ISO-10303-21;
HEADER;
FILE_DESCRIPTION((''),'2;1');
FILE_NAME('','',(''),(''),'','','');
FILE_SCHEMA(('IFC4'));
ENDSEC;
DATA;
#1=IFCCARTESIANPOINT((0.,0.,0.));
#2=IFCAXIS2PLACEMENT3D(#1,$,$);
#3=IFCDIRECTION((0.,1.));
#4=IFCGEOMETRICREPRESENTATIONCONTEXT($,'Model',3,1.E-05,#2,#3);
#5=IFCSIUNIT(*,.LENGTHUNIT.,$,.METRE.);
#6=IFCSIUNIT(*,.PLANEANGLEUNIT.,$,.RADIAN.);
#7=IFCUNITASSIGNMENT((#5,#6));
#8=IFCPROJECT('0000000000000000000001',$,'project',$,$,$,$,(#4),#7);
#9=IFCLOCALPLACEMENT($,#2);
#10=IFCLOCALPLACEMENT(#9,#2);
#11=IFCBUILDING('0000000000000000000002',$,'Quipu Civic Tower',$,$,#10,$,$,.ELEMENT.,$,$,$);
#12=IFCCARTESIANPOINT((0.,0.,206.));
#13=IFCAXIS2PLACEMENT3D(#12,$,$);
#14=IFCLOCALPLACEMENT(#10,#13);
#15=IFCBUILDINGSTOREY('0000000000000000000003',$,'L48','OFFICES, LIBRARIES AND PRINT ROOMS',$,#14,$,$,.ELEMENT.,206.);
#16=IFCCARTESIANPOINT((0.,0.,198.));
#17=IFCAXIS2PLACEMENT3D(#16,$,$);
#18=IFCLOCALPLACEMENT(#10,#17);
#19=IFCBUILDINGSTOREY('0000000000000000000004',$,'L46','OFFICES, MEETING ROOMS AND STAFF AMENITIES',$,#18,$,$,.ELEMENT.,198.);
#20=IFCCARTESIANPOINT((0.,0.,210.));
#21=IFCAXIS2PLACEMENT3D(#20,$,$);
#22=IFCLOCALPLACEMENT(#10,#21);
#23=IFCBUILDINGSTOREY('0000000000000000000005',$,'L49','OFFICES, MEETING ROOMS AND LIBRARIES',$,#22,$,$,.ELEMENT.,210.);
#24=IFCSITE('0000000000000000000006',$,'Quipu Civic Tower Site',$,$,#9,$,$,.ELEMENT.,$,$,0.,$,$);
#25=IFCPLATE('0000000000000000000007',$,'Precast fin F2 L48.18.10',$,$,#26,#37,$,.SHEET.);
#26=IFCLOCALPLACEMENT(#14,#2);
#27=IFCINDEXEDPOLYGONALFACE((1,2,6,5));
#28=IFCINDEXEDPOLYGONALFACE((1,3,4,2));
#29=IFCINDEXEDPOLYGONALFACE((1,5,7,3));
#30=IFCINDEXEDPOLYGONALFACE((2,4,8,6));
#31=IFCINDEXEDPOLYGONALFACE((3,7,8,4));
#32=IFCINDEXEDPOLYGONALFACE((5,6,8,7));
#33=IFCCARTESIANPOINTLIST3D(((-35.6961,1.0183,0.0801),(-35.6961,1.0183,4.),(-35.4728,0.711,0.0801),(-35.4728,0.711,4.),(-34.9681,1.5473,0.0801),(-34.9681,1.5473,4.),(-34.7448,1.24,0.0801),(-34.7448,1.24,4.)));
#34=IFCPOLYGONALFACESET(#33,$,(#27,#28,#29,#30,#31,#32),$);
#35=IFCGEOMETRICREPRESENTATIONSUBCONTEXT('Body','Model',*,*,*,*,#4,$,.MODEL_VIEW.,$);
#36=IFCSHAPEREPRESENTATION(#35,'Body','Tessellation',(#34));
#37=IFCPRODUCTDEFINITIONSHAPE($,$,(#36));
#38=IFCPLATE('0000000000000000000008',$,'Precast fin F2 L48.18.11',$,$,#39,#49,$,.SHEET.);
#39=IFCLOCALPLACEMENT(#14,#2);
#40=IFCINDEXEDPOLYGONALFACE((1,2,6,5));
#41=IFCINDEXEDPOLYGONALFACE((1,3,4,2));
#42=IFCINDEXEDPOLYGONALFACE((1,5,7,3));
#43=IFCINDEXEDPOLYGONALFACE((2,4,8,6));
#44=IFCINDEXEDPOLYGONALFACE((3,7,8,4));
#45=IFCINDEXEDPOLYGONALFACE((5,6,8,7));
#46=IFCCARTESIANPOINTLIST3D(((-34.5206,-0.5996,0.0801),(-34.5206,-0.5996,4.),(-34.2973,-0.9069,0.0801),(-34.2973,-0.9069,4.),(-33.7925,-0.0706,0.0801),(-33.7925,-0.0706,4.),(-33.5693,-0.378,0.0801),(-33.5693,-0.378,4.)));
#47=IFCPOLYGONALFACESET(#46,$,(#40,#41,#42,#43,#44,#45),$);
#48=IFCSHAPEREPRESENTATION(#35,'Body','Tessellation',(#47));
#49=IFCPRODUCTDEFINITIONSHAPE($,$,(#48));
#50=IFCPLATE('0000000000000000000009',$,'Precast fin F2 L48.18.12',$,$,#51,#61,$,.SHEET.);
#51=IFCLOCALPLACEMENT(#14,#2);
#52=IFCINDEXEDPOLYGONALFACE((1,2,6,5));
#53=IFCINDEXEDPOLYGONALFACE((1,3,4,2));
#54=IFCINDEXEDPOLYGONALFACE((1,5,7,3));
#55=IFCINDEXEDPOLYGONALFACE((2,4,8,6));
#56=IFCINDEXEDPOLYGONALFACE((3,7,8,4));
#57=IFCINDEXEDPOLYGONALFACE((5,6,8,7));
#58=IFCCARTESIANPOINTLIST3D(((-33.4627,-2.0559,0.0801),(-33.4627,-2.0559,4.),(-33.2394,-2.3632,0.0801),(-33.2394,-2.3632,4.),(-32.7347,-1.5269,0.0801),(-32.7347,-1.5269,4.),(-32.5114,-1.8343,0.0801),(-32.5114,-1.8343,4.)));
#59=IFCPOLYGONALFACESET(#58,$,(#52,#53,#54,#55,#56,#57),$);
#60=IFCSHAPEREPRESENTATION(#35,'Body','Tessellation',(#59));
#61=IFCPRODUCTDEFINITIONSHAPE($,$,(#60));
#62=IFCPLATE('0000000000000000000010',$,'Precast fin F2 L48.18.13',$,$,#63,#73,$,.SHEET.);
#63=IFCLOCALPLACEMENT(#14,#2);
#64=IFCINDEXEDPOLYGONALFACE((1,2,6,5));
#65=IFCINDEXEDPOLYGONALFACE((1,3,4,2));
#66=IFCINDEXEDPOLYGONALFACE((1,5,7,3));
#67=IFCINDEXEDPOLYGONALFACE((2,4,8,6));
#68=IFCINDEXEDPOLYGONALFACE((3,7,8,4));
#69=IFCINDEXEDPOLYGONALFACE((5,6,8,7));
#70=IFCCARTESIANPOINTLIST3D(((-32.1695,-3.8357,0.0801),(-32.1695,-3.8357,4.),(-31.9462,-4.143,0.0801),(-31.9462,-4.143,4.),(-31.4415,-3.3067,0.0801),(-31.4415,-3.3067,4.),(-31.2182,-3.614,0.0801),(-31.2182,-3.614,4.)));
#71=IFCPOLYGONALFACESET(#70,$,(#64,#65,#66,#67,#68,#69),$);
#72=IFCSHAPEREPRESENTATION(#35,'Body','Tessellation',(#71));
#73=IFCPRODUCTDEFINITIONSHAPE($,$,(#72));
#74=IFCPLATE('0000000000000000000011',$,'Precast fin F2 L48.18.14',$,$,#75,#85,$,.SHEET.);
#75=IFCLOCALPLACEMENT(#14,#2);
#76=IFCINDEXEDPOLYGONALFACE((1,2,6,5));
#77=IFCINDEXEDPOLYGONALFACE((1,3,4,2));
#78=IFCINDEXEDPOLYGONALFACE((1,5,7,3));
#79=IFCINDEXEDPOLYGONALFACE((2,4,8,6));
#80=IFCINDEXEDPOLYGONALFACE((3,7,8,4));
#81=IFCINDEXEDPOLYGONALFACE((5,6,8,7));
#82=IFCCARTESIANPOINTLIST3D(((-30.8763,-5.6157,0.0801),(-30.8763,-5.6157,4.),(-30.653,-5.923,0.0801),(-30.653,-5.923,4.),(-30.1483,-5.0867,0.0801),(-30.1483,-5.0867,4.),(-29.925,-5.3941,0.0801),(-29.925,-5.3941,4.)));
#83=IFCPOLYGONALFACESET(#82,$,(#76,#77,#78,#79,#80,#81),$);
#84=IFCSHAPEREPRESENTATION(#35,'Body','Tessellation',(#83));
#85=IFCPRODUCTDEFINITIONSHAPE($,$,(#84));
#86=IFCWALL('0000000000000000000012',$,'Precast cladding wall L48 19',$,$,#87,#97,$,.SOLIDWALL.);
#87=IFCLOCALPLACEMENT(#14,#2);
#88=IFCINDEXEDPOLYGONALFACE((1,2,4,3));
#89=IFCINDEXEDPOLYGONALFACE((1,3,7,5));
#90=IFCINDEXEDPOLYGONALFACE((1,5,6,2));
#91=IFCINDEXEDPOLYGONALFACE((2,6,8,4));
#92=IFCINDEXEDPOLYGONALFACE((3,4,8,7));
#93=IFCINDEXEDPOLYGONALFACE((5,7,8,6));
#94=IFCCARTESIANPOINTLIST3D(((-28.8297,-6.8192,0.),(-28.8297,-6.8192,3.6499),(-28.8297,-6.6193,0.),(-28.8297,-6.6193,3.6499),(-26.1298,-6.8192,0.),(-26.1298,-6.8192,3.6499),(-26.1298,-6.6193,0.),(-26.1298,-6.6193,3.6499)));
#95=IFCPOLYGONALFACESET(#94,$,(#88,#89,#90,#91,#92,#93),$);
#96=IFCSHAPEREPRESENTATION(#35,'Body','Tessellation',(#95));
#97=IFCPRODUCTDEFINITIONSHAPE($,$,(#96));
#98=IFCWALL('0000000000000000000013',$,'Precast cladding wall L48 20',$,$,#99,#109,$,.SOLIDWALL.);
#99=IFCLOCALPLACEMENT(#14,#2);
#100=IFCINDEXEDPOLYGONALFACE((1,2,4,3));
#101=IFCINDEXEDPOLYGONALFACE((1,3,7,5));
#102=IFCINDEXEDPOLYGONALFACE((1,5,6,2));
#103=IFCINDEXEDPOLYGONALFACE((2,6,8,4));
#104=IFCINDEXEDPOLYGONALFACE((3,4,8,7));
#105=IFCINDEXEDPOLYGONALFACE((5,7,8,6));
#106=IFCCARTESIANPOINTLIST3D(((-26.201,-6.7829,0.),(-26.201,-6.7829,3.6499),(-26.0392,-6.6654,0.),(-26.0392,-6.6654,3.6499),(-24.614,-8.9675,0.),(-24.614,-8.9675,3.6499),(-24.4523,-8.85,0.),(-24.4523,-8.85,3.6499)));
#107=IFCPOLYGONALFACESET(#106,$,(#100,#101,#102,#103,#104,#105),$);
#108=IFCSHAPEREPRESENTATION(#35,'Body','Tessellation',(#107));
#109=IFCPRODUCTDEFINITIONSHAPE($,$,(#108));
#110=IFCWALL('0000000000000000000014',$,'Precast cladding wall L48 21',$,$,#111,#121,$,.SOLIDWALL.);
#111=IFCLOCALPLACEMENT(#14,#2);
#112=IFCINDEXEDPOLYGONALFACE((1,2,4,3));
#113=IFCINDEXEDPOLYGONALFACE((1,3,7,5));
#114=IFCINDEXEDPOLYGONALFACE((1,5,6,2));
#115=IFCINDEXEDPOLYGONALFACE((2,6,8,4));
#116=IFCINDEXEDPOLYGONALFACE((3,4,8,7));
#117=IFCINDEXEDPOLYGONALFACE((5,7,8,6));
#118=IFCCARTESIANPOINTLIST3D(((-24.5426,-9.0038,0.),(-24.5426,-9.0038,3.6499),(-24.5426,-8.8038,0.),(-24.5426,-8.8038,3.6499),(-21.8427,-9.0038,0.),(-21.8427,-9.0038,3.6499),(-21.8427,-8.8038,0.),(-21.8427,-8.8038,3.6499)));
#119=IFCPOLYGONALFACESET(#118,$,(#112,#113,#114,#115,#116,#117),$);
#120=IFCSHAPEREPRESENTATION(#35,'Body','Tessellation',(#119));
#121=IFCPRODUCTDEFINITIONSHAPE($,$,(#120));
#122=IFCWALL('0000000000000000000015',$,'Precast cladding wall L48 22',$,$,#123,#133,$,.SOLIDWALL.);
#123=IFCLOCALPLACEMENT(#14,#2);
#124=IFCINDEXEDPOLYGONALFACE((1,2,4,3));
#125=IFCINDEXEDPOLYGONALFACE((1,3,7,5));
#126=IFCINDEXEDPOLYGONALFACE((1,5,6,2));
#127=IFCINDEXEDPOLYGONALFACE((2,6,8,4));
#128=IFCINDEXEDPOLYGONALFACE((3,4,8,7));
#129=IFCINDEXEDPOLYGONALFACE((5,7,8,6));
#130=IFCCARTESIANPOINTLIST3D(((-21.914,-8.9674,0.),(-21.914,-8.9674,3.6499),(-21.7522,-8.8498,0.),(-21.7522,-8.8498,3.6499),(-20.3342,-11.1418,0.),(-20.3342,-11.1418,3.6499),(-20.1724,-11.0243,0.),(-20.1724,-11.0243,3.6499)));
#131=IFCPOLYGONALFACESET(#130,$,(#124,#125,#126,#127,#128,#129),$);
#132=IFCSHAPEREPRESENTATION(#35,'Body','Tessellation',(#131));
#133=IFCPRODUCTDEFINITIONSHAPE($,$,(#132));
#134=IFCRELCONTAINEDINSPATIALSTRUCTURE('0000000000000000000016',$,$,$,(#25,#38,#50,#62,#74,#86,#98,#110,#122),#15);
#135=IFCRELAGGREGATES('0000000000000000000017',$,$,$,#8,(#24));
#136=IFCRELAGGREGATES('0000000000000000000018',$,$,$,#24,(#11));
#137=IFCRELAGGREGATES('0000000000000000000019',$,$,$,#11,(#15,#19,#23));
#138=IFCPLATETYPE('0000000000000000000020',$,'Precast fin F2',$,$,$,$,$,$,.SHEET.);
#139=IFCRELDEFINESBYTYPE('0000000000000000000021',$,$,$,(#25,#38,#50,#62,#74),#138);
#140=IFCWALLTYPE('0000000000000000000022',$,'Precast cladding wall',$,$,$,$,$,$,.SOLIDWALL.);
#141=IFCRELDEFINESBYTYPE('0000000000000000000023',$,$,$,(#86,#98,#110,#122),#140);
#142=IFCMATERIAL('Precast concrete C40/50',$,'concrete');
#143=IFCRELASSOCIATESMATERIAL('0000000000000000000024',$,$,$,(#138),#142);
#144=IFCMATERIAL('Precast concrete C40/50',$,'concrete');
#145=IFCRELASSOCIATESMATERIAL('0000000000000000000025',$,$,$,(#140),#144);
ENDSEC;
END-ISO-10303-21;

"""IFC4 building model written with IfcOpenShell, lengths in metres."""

from ifc_helpers import new_model, si_unit, direction, frame, frame_2d, origin, origin_2d, place, context, subcontext, project, spatial, rectangle, extrude, material, type_object, element, save


model = new_model("IFC4")

# Units and contexts
model_context = context("Model", 3, precision=1e-05, world=origin(), true_north=direction((0.0, 1.0)))
body_context = subcontext(model_context, "Body", "Model", "MODEL_VIEW")
ifc_project = project(units=[si_unit("LENGTHUNIT", "METRE"), si_unit("PLANEANGLEUNIT", "RADIAN")], contexts=[model_context])

# Site, building, storey
site_placement = place(None, origin())
site = spatial("IfcSite", under=ifc_project, at=site_placement, Name="Quipu Civic Tower Site", CompositionType="ELEMENT", RefElevation=0.0)
building_placement = place(site_placement, origin())
building = spatial("IfcBuilding", under=site, at=building_placement, Name="Quipu Civic Tower", CompositionType="ELEMENT")
storey_1_placement = place(building_placement, frame((0.0, 0.0, 206.0)))
storey_1 = spatial("IfcBuildingStorey", under=building, at=storey_1_placement, Name="L48", Description="OFFICES, LIBRARIES AND PRINT ROOMS", CompositionType="ELEMENT", Elevation=206.0)

# Shared definitions
storey_2_placement = place(building_placement, frame((0.0, 0.0, 198.0)))
storey_2 = spatial("IfcBuildingStorey", under=building, at=storey_2_placement, Name="L46", Description="OFFICES, MEETING ROOMS AND STAFF AMENITIES", CompositionType="ELEMENT", Elevation=198.0)

# Shared definitions
storey_3_placement = place(building_placement, frame((0.0, 0.0, 210.0)))
storey_3 = spatial("IfcBuildingStorey", under=building, at=storey_3_placement, Name="L49", Description="OFFICES, MEETING ROOMS AND LIBRARIES", CompositionType="ELEMENT", Elevation=210.0)

# Plates
ifc_material_1 = material(Name="Precast concrete C40/50", Category="concrete")
plate_type_1 = type_object("IfcPlateType", Name="Precast fin F2", PredefinedType="SHEET", material=ifc_material_1)
for number, where, z_axis, x_axis, name in (
    (1, (-35.2205, 1.1292, 0.0801), (0.0, 0.0, 1.0), (0.587786, -0.809017, 0.0), "Precast fin F2 L48.18.10"),
    (2, (-34.0449, -0.4888, 0.0801), (0.0, 0.0, 1.0), (0.587786, -0.809017, 0.0), "Precast fin F2 L48.18.11"),
    (3, (-32.9871, -1.9451, 0.0801), (0.0, 0.0, 1.0), (0.587786, -0.809017, 0.0), "Precast fin F2 L48.18.12"),
    (4, (-31.6938, -3.7249, 0.0801), (0.0, 0.0, 1.0), (0.587786, -0.809017, 0.0), "Precast fin F2 L48.18.13"),
    (5, (-30.4006, -5.5049, 0.0801), (0.0, 0.0, 1.0), (0.587786, -0.809017, 0.0), "Precast fin F2 L48.18.14"),
):
    element("IfcPlate", number, at=place(storey_1_placement, frame(where, z_axis=z_axis, x_axis=x_axis)), inside=storey_1, type_object=plate_type_1, Name=name, PredefinedType="SHEET", context=body_context, shape_type="SweptSolid", body=[
        extrude(rectangle(XDim=0.3799, YDim=0.8999, at=origin_2d()), origin(), (0.0, 0.0, 1.0), 3.9199),
    ])

# Walls
ifc_material_2 = material(Name="Precast concrete C40/50", Category="concrete")
wall_type = type_object("IfcWallType", Name="Precast cladding wall", PredefinedType="SOLIDWALL", material=ifc_material_2)
wall_1_placement = place(storey_1_placement, frame((-28.8298, -6.7192, 0.0), z_axis=(0.0, 0.0, 1.0), x_axis=(1.0, 0.0, 0.0)))
element("IfcWall", 6, at=wall_1_placement, inside=storey_1, type_object=wall_type, Name="Precast cladding wall L48 19", PredefinedType="SOLIDWALL", context=body_context, shape_type="SweptSolid", body=[
    extrude(rectangle(XDim=2.7, YDim=0.2, at=frame_2d((1.3501, 0.0))), origin(), (0.0, 0.0, 1.0), 3.6499),
])
wall_2_placement = place(storey_1_placement, frame((-26.1201, -6.7241, 0.0), z_axis=(0.0, 0.0, 1.0), x_axis=(0.58772, -0.809064, 0.0)))
element("IfcWall", 7, at=wall_2_placement, inside=storey_1, type_object=wall_type, Name="Precast cladding wall L48 20", PredefinedType="SOLIDWALL", context=body_context, shape_type="SweptSolid", body=[
    extrude(rectangle(XDim=2.7002, YDim=0.2, at=frame_2d((1.3501, 0.0))), origin(), (0.0, 0.0, 1.0), 3.6499),
])
wall_3_placement = place(storey_1_placement, frame((-24.5427, -8.9038, 0.0), z_axis=(0.0, 0.0, 1.0), x_axis=(1.0, 0.0, 0.0)))
element("IfcWall", 8, at=wall_3_placement, inside=storey_1, type_object=wall_type, Name="Precast cladding wall L48 21", PredefinedType="SOLIDWALL", context=body_context, shape_type="SweptSolid", body=[
    extrude(rectangle(XDim=2.7, YDim=0.2, at=frame_2d((1.3501, 0.0))), origin(), (0.0, 0.0, 1.0), 3.6499),
])
wall_4_placement = place(storey_1_placement, frame((-21.833, -8.9087, 0.0), z_axis=(0.0, 0.0, 1.0), x_axis=(0.587767, -0.809031, 0.0)))
element("IfcWall", 9, at=wall_4_placement, inside=storey_1, type_object=wall_type, Name="Precast cladding wall L48 22", PredefinedType="SOLIDWALL", context=body_context, shape_type="SweptSolid", body=[
    extrude(rectangle(XDim=2.6877, YDim=0.2, at=frame_2d((1.3438, 0.0))), origin(), (0.0, 0.0, 1.0), 3.6499),
])

save(model, "model.ifc")
